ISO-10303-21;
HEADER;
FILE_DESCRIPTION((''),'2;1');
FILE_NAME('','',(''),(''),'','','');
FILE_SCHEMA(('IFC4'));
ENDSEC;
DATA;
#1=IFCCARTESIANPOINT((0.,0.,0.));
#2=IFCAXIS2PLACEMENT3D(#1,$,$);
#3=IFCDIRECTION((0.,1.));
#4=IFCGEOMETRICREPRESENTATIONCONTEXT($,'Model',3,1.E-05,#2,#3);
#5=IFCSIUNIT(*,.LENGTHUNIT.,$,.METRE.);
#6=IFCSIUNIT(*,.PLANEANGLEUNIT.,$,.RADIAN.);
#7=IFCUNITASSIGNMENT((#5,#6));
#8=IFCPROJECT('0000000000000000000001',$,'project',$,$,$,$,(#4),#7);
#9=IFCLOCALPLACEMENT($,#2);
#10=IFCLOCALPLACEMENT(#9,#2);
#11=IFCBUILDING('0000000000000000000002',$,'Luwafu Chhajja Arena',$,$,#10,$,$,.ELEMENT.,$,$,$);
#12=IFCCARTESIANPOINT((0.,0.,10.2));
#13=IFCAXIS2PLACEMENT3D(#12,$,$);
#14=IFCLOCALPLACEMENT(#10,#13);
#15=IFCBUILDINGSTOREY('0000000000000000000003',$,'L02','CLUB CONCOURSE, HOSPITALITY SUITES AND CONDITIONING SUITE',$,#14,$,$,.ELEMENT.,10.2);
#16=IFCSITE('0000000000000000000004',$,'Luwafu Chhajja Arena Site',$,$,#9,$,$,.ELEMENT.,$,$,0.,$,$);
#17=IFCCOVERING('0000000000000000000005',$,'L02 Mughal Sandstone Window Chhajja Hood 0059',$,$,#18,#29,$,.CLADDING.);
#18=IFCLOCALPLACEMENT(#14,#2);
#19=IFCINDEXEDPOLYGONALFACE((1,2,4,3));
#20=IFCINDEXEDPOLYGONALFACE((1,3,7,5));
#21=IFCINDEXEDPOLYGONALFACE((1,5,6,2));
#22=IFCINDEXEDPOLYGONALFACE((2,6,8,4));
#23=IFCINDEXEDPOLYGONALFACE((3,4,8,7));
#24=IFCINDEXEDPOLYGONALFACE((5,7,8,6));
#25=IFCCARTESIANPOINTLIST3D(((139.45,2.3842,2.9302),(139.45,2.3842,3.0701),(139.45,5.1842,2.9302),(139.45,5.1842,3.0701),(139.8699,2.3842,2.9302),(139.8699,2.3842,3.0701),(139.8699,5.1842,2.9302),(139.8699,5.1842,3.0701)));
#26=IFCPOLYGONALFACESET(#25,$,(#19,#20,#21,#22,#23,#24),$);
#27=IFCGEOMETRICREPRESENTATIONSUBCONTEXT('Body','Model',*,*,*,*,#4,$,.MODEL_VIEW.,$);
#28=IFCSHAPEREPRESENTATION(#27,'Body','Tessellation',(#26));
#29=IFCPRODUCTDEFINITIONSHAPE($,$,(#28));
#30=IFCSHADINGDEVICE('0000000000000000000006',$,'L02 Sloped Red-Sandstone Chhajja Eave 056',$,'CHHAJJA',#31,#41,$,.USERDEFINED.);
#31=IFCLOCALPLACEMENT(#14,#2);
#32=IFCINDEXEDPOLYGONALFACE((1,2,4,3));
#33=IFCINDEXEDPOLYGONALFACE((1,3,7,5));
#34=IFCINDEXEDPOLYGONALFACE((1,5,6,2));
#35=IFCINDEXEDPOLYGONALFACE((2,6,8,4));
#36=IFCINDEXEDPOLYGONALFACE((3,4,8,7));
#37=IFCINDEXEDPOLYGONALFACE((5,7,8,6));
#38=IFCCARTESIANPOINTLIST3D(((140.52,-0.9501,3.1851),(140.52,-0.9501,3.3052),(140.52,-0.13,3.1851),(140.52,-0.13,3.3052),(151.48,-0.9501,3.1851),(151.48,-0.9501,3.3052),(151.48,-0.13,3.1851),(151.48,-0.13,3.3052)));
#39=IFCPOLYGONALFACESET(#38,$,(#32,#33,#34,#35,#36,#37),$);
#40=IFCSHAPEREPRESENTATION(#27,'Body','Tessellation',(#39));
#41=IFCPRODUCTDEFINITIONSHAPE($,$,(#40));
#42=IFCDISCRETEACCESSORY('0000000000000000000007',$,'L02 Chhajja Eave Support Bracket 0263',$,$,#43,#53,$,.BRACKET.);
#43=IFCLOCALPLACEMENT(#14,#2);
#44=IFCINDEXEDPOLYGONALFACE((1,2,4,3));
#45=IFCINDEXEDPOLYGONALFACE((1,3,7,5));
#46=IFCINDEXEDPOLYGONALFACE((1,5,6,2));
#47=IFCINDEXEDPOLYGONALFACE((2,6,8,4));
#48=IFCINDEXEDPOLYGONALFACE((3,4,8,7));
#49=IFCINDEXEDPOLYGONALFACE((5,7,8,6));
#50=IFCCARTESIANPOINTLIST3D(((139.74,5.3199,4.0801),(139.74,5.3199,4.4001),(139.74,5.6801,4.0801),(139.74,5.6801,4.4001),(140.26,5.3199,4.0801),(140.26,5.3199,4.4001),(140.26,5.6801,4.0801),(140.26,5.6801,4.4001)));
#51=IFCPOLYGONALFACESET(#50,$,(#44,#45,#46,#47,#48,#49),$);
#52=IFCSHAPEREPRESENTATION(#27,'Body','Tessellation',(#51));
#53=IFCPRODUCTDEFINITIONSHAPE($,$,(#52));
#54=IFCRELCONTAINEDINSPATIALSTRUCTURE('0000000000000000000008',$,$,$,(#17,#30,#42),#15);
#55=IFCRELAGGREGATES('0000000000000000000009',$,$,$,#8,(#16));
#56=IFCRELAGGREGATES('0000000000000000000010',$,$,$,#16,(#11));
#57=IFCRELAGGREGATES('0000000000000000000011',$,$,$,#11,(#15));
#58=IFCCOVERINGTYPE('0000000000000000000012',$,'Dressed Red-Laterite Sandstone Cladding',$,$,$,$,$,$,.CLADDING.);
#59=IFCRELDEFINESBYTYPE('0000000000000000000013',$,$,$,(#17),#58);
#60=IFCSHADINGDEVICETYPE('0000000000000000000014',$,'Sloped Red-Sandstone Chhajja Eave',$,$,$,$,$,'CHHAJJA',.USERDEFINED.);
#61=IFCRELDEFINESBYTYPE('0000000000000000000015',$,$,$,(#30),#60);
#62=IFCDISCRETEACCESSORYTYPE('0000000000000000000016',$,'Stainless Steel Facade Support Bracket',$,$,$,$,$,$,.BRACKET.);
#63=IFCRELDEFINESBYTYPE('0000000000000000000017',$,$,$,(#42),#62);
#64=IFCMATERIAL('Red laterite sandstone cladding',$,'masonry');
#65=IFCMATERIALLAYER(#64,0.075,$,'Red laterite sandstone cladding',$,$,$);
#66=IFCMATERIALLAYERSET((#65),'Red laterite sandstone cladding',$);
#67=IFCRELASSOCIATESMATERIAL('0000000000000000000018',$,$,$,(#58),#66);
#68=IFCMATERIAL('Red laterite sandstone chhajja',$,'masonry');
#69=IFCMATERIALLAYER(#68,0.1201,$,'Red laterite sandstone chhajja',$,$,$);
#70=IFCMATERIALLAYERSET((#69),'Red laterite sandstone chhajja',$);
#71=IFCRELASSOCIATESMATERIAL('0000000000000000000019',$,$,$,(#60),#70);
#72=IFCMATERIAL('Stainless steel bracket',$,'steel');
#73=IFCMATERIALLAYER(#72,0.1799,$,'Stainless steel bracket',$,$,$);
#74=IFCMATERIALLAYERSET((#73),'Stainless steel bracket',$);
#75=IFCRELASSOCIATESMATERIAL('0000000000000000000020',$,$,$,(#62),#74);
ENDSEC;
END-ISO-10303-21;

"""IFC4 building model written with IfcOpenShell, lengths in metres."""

from ifc_helpers import new_model, si_unit, direction, frame, origin, origin_2d, place, context, subcontext, project, spatial, rectangle, extrude, material, layer, layer_set, type_object, element, save


model = new_model("IFC4")

# Units and contexts
model_context = context("Model", 3, precision=1e-05, world=origin(), true_north=direction((0.0, 1.0)))
body_context = subcontext(model_context, "Body", "Model", "MODEL_VIEW")
ifc_project = project(units=[si_unit("LENGTHUNIT", "METRE"), si_unit("PLANEANGLEUNIT", "RADIAN")], contexts=[model_context])

# Site, building, storey
site_placement = place(None, origin())
site = spatial("IfcSite", under=ifc_project, at=site_placement, Name="Luwafu Chhajja Arena Site", CompositionType="ELEMENT", RefElevation=0.0)
building_placement = place(site_placement, origin())
building = spatial("IfcBuilding", under=site, at=building_placement, Name="Luwafu Chhajja Arena", CompositionType="ELEMENT")
storey_placement = place(building_placement, frame((0.0, 0.0, 10.2)))
storey = spatial("IfcBuildingStorey", under=building, at=storey_placement, Name="L02", Description="CLUB CONCOURSE, HOSPITALITY SUITES AND CONDITIONING SUITE", CompositionType="ELEMENT", Elevation=10.2)

# Covering
ifc_material_1 = material(Name="Red laterite sandstone cladding", Category="masonry")
ifc_layer_1 = layer(ifc_material_1, 0.075, Name="Red laterite sandstone cladding")
ifc_layer_set_1 = layer_set([ifc_layer_1], Name="Red laterite sandstone cladding")
covering_type = type_object("IfcCoveringType", Name="Dressed Red-Laterite Sandstone Cladding", PredefinedType="CLADDING", material=ifc_layer_set_1)
covering_1_placement = place(storey_placement, frame((139.6599, 3.7842, 2.9302), z_axis=(0.0, 0.0, 1.0), x_axis=(0.0, 1.0, 0.0)))
element("IfcCovering", 1, at=covering_1_placement, inside=storey, type_object=covering_type, Name="L02 Mughal Sandstone Window Chhajja Hood 0059", PredefinedType="CLADDING", context=body_context, shape_type="SweptSolid", body=[
    extrude(rectangle(XDim=2.8, YDim=0.4199, at=origin_2d()), origin(), (0.0, 0.0, 1.0), 0.1399),
])

# Shading device
ifc_material_2 = material(Name="Red laterite sandstone chhajja", Category="masonry")
ifc_layer_2 = layer(ifc_material_2, 0.1201, Name="Red laterite sandstone chhajja")
ifc_layer_set_2 = layer_set([ifc_layer_2], Name="Red laterite sandstone chhajja")
shading_device_type = type_object("IfcShadingDeviceType", Name="Sloped Red-Sandstone Chhajja Eave", ElementType="CHHAJJA", PredefinedType="USERDEFINED", material=ifc_layer_set_2)
shading_device_placement = place(storey_placement, frame((146.0, -0.54, 3.1851), z_axis=(0.0, 0.0, 1.0), x_axis=(1.0, 0.0, 0.0)))
element("IfcShadingDevice", 2, at=shading_device_placement, inside=storey, type_object=shading_device_type, Name="L02 Sloped Red-Sandstone Chhajja Eave 056", ObjectType="CHHAJJA", PredefinedType="USERDEFINED", context=body_context, shape_type="SweptSolid", body=[
    extrude(rectangle(XDim=10.96, YDim=0.8201, at=origin_2d()), origin(), (0.0, 0.0, 1.0), 0.1201),
])

# Discrete accessory
ifc_material_3 = material(Name="Stainless steel bracket", Category="steel")
ifc_layer_3 = layer(ifc_material_3, 0.1799, Name="Stainless steel bracket")
ifc_layer_set_3 = layer_set([ifc_layer_3], Name="Stainless steel bracket")
discrete_accessory_type = type_object("IfcDiscreteAccessoryType", Name="Stainless Steel Facade Support Bracket", PredefinedType="BRACKET", material=ifc_layer_set_3)
discrete_accessory_placement = place(storey_placement, frame((140.0, 5.5, 4.0801), z_axis=(0.0, 0.0, 1.0), x_axis=(0.0, 1.0, 0.0)))
element("IfcDiscreteAccessory", 3, at=discrete_accessory_placement, inside=storey, type_object=discrete_accessory_type, Name="L02 Chhajja Eave Support Bracket 0263", PredefinedType="BRACKET", context=body_context, shape_type="SweptSolid", body=[
    extrude(rectangle(XDim=0.3601, YDim=0.52, at=origin_2d()), origin(), (0.0, 0.0, 1.0), 0.3201),
])

save(model, "model.ifc")
